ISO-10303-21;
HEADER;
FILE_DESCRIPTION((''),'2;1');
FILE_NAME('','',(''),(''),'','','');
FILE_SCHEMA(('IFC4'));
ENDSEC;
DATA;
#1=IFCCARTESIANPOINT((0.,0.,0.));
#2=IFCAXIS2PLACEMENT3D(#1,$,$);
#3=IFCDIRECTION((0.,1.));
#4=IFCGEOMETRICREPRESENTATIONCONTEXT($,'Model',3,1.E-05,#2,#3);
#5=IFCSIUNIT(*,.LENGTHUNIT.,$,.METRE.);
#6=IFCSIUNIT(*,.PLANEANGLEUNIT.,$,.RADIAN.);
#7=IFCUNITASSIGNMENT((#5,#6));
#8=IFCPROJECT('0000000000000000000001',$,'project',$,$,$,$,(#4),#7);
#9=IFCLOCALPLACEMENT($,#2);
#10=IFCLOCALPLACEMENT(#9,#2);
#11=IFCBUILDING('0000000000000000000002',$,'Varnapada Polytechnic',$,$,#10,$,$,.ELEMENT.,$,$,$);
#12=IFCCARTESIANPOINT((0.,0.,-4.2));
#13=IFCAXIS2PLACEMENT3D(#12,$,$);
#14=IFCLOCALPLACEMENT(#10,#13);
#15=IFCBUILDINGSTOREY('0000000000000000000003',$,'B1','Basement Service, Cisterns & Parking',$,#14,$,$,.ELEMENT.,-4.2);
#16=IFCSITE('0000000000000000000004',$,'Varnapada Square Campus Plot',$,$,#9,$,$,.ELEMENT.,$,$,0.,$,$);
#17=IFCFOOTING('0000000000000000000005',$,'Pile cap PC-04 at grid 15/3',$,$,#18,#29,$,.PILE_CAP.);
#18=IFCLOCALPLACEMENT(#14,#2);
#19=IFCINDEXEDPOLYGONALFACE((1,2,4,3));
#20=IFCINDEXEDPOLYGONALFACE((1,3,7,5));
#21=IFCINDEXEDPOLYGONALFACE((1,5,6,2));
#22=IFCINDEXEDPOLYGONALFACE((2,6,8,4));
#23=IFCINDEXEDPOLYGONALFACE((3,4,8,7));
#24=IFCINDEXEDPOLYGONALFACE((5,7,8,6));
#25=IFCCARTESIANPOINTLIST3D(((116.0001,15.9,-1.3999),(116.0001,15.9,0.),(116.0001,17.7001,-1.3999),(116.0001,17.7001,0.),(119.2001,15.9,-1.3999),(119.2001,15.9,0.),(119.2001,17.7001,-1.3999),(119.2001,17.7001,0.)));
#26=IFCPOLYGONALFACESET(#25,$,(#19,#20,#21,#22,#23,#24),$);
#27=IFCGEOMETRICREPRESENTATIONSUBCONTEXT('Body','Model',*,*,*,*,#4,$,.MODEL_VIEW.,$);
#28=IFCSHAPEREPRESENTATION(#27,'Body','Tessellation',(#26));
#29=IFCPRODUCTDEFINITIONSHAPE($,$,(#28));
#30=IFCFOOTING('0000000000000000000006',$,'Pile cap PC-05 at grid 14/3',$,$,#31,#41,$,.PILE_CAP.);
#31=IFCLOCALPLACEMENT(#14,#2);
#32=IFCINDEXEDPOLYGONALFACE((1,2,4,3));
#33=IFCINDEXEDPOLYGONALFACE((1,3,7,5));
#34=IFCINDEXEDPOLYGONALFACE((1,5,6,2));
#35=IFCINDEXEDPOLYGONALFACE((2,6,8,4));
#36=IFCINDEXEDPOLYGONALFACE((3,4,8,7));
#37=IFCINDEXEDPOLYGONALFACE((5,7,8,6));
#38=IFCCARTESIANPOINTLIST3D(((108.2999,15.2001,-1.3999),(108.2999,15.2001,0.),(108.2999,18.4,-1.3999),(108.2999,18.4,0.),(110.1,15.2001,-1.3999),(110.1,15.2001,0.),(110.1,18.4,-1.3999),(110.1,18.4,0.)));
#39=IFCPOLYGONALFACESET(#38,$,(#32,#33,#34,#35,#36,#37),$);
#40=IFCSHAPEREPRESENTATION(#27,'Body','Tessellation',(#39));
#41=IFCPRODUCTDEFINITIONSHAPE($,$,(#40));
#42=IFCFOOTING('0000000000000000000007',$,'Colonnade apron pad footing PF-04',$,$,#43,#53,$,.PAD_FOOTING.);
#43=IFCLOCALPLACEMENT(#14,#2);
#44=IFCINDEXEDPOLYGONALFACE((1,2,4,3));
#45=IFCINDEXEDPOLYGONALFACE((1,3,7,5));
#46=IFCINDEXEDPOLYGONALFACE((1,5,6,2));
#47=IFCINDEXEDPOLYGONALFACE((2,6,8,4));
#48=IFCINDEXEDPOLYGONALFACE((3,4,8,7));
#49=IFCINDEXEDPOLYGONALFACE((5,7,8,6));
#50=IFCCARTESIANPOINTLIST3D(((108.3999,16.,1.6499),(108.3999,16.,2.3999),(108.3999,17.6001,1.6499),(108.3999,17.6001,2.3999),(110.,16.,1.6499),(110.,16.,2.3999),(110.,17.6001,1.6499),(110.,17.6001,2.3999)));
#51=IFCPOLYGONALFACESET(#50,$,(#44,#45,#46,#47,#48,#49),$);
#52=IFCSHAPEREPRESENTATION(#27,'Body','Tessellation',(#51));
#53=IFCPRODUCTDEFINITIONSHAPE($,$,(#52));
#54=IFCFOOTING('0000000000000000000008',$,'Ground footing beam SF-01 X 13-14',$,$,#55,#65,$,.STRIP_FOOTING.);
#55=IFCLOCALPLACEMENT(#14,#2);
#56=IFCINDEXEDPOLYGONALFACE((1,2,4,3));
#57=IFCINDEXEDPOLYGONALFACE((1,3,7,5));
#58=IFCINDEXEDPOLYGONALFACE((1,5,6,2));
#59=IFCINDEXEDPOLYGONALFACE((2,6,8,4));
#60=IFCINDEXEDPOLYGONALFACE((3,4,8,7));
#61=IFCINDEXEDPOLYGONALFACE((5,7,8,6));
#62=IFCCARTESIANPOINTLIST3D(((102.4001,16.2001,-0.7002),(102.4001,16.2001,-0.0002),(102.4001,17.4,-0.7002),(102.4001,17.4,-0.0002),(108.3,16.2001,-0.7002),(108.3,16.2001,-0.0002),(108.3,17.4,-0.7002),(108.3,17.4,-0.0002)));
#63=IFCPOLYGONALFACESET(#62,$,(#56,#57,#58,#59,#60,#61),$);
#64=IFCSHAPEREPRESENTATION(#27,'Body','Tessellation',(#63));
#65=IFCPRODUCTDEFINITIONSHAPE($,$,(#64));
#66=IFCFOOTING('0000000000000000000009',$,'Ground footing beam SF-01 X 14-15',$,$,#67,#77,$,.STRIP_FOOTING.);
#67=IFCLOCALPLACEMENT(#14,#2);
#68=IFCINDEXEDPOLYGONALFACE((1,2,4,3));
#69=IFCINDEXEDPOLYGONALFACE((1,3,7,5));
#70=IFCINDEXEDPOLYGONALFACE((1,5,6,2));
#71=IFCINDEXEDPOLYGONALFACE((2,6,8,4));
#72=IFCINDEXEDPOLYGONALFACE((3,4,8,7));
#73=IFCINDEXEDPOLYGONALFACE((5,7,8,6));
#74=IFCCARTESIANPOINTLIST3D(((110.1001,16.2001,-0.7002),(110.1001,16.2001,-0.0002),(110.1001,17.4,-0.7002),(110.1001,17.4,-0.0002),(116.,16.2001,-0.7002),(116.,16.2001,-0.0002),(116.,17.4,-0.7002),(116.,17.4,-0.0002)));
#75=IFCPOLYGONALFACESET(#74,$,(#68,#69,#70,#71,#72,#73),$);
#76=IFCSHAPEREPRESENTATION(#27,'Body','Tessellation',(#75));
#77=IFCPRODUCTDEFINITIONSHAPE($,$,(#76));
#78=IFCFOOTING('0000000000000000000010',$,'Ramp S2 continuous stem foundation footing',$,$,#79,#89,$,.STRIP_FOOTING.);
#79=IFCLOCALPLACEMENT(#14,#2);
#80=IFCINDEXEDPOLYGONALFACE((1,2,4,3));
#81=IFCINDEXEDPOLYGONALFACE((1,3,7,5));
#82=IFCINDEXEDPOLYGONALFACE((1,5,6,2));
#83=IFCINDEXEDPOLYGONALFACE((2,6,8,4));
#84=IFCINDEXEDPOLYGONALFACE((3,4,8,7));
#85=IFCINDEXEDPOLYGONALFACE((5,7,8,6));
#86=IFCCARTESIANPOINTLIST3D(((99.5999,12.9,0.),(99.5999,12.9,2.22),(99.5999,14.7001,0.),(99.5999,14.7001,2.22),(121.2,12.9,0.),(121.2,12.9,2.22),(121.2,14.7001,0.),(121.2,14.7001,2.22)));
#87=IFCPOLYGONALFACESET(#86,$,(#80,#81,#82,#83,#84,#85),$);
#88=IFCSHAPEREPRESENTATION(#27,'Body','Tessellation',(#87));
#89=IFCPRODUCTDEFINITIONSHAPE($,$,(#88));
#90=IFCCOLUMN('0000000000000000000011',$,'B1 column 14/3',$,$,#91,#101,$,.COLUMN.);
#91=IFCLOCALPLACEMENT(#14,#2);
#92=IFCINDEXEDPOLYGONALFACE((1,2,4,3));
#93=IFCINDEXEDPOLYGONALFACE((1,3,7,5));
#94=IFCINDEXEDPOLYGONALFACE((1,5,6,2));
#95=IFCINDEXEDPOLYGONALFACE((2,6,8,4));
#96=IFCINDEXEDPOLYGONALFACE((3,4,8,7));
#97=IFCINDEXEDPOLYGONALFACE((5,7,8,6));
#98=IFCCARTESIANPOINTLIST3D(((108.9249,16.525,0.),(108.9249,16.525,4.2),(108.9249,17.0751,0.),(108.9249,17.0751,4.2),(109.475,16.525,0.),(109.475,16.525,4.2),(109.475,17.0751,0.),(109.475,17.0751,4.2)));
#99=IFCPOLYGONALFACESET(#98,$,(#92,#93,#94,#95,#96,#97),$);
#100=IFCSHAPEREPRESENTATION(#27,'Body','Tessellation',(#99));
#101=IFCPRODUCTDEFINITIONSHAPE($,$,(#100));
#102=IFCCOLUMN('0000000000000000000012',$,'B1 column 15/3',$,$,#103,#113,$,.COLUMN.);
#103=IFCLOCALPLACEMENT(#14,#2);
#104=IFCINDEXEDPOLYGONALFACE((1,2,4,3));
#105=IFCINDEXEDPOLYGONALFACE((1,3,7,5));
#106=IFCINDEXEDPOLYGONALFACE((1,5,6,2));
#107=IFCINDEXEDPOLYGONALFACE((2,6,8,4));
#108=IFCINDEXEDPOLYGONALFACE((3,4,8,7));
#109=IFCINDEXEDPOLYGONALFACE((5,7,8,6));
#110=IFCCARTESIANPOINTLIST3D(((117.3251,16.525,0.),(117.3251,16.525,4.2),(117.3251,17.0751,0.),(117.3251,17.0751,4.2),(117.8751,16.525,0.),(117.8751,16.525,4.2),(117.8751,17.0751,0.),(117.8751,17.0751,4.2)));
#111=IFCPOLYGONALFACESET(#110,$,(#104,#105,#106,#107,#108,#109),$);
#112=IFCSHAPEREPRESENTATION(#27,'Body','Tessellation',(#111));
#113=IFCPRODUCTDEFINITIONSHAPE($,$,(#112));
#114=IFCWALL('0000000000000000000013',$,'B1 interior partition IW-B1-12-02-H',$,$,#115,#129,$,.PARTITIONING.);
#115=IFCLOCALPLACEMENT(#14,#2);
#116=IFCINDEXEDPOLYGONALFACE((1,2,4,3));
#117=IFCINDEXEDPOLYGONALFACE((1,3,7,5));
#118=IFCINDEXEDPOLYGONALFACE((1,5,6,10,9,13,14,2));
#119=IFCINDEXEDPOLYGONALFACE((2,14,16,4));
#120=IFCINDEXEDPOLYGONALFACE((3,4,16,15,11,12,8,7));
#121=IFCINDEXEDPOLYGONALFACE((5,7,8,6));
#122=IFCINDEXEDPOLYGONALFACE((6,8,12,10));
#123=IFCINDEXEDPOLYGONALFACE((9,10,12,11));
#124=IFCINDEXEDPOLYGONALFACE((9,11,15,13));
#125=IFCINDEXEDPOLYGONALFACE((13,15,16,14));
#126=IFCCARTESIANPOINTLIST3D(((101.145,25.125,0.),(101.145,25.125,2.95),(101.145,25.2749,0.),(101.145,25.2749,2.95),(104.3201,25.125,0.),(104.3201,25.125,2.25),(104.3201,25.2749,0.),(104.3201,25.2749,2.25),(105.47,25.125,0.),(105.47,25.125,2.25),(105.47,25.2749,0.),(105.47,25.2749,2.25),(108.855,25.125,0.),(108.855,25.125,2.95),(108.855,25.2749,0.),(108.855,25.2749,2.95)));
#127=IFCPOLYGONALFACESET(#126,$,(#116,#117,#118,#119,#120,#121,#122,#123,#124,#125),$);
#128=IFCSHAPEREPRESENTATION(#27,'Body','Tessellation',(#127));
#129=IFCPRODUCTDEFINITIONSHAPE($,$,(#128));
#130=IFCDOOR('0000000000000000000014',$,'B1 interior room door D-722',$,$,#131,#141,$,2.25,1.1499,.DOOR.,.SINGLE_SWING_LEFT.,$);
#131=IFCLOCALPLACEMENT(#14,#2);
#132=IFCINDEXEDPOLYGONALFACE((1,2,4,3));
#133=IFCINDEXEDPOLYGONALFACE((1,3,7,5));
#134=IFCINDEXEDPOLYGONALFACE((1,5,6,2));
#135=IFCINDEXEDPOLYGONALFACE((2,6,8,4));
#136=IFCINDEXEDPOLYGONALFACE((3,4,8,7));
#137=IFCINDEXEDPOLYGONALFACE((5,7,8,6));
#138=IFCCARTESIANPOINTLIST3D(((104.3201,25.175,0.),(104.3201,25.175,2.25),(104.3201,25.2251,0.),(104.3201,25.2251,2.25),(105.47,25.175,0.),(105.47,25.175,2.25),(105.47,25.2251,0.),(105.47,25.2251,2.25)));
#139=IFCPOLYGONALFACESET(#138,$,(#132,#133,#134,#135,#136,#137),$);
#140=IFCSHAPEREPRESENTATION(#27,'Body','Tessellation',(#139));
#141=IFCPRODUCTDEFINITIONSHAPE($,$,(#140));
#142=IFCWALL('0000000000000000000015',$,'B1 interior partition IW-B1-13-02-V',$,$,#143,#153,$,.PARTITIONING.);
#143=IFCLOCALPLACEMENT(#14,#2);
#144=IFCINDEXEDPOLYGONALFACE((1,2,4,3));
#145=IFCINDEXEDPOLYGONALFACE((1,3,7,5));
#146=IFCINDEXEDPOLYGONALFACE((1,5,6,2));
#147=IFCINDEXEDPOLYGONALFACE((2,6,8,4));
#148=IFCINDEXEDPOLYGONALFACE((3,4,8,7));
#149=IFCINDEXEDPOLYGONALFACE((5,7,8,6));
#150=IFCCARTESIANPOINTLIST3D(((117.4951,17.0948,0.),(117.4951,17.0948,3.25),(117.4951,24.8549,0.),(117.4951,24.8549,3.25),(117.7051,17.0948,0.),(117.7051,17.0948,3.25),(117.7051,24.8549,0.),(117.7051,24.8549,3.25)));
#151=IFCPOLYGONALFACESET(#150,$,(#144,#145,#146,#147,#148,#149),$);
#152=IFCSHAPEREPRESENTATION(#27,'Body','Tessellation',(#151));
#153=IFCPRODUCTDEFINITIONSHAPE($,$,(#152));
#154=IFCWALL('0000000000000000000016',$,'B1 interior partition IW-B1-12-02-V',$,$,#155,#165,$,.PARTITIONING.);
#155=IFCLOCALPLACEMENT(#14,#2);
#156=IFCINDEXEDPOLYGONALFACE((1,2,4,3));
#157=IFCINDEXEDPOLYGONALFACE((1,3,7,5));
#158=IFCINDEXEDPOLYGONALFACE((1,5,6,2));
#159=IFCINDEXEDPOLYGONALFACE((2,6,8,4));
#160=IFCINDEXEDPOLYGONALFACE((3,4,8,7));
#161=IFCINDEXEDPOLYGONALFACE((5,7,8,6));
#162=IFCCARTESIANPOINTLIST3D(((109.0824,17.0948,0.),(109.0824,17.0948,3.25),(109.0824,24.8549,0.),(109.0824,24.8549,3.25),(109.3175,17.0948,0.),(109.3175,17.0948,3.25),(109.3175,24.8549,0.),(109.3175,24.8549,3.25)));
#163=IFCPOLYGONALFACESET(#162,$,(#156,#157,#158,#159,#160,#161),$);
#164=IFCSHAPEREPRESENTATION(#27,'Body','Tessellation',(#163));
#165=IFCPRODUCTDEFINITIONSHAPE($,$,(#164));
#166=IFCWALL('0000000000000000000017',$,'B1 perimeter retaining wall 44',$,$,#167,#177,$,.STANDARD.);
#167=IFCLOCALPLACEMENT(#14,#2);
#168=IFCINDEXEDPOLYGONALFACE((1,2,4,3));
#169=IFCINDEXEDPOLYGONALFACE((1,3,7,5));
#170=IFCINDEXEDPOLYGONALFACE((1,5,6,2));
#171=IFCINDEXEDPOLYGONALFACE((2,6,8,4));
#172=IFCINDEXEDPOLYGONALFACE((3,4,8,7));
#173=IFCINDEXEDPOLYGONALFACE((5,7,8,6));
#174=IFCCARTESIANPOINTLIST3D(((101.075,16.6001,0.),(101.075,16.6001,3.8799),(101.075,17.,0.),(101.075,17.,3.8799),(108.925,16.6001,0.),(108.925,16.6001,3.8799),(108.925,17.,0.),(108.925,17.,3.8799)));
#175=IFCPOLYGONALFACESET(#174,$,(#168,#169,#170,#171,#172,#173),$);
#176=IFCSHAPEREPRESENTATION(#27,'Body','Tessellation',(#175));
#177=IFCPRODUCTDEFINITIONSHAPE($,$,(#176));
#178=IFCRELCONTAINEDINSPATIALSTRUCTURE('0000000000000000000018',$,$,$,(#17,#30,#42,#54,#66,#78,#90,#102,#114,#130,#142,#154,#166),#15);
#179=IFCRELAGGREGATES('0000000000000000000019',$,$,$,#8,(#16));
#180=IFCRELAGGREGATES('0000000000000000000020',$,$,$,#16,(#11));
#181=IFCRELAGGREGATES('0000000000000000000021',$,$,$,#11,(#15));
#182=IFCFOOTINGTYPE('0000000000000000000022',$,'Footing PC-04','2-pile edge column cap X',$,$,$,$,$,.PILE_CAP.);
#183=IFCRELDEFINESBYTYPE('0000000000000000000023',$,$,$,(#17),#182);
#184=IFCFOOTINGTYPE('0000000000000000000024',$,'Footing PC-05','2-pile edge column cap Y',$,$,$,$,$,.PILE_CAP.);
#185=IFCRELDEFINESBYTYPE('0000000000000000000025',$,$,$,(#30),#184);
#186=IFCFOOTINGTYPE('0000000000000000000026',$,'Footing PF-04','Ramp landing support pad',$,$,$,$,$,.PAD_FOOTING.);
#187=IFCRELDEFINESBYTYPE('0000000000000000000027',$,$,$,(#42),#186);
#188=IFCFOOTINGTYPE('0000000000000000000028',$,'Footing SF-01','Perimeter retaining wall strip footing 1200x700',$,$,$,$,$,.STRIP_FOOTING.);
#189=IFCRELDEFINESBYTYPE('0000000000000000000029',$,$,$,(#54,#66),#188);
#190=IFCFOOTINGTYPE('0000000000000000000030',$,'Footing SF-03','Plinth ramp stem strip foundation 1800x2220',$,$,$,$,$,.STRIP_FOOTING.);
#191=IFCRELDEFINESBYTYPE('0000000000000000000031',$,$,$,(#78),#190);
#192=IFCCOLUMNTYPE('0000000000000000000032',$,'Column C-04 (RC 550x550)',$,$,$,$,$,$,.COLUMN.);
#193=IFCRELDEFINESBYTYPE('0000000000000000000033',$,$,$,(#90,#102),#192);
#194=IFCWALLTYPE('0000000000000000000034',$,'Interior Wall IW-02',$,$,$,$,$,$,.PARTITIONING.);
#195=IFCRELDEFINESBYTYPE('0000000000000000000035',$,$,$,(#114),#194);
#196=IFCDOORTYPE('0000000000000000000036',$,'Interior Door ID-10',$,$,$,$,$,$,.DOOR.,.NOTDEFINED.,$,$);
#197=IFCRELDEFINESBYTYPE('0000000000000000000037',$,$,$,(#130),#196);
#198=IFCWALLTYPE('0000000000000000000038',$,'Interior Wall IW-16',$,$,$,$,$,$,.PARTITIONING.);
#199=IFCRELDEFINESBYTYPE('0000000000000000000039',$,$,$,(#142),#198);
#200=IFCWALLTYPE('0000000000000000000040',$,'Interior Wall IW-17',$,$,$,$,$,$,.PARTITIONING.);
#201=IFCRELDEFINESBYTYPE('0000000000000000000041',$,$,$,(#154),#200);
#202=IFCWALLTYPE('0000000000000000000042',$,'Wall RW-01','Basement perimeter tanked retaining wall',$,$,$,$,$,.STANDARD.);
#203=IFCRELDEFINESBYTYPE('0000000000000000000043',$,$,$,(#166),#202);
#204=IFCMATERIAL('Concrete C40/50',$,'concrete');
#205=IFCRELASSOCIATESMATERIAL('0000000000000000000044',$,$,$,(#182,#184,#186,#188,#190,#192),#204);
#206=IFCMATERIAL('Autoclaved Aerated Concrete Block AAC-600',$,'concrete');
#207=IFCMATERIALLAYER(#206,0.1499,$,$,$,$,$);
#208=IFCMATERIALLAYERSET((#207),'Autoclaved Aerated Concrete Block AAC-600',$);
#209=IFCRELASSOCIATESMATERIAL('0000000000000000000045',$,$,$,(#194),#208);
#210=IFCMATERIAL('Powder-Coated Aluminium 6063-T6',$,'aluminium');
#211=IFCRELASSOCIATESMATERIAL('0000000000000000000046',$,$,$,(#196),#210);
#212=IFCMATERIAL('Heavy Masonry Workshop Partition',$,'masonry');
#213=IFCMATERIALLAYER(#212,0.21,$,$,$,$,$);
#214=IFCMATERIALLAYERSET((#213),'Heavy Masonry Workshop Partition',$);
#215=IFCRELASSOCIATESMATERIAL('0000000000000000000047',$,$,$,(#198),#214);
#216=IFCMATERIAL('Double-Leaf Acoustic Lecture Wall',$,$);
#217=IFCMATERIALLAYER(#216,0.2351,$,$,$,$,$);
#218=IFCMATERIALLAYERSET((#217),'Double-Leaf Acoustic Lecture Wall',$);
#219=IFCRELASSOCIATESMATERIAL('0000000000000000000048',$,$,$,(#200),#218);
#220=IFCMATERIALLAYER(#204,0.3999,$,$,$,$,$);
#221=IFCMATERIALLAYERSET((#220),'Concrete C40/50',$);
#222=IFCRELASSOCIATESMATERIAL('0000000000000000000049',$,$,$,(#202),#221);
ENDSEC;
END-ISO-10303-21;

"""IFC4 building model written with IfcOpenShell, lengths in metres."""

from ifc_helpers import new_model, si_unit, direction, frame, frame_2d, origin, origin_2d, place, context, subcontext, project, spatial, rectangle, extrude, material, layer, layer_set, material_profile, profile_set, type_object, element, fill, save


model = new_model("IFC4")

# Units and contexts
model_context = context("Model", 3, precision=1e-05, world=origin(), true_north=direction((0.0, 1.0)))
body_context = subcontext(model_context, "Body", "Model", "MODEL_VIEW")
ifc_project = project(units=[si_unit("LENGTHUNIT", "METRE"), si_unit("PLANEANGLEUNIT", "RADIAN")], contexts=[model_context])

# Site, building, storey
site_placement = place(None, origin())
site = spatial("IfcSite", under=ifc_project, at=site_placement, Name="Varnapada Square Campus Plot", CompositionType="ELEMENT", RefElevation=0.0)
building_placement = place(site_placement, origin())
building = spatial("IfcBuilding", under=site, at=building_placement, Name="Varnapada Polytechnic", CompositionType="ELEMENT")
storey_placement = place(building_placement, frame((0.0, 0.0, -4.2)))
storey = spatial("IfcBuildingStorey", under=building, at=storey_placement, Name="B1", Description="Basement Service, Cisterns & Parking", CompositionType="ELEMENT", Elevation=-4.2)

# Shared definitions
ifc_material_1 = material(Name="Concrete C40/50", Category="concrete")

# Footings
footing_type_1 = type_object("IfcFootingType", Name="Footing PC-04", Description="2-pile edge column cap X", PredefinedType="PILE_CAP", material=ifc_material_1)
footing_1_placement = place(storey_placement, frame((117.6001, 16.8, -1.3999), z_axis=(0.0, 0.0, 1.0), x_axis=(1.0, 0.0, 0.0)))
element("IfcFooting", 1, at=footing_1_placement, inside=storey, type_object=footing_type_1, Name="Pile cap PC-04 at grid 15/3", PredefinedType="PILE_CAP", context=body_context, shape_type="SweptSolid", body=[
    extrude(rectangle(XDim=3.2, YDim=1.8, at=origin_2d()), origin(), (0.0, 0.0, 1.0), 1.3999),
])
footing_type_2 = type_object("IfcFootingType", Name="Footing PC-05", Description="2-pile edge column cap Y", PredefinedType="PILE_CAP", material=ifc_material_1)
footing_2_placement = place(storey_placement, frame((109.2, 16.8, -1.3999), z_axis=(0.0, 0.0, 1.0), x_axis=(1.0, 0.0, 0.0)))
element("IfcFooting", 2, at=footing_2_placement, inside=storey, type_object=footing_type_2, Name="Pile cap PC-05 at grid 14/3", PredefinedType="PILE_CAP", context=body_context, shape_type="SweptSolid", body=[
    extrude(rectangle(XDim=1.8, YDim=3.2, at=origin_2d()), origin(), (0.0, 0.0, 1.0), 1.3999),
])
footing_type_3 = type_object("IfcFootingType", Name="Footing PF-04", Description="Ramp landing support pad", PredefinedType="PAD_FOOTING", material=ifc_material_1)
footing_3_placement = place(storey_placement, frame((109.2, 16.8, 1.6499), z_axis=(0.0, 0.0, 1.0), x_axis=(1.0, 0.0, 0.0)))
element("IfcFooting", 3, at=footing_3_placement, inside=storey, type_object=footing_type_3, Name="Colonnade apron pad footing PF-04", PredefinedType="PAD_FOOTING", context=body_context, shape_type="SweptSolid", body=[
    extrude(rectangle(XDim=1.6001, YDim=1.6001, at=origin_2d()), origin(), (0.0, 0.0, 1.0), 0.75),
])
footing_type_4 = type_object("IfcFootingType", Name="Footing SF-01", Description="Perimeter retaining wall strip footing 1200x700", PredefinedType="STRIP_FOOTING", material=ifc_material_1)
for number, where, z_axis, x_axis, name in (
    (4, (105.3501, 16.8, -0.7002), (0.0, 0.0, 1.0), (1.0, 0.0, 0.0), "Ground footing beam SF-01 X 13-14"),
    (5, (113.05, 16.8, -0.7002), (0.0, 0.0, 1.0), (1.0, 0.0, 0.0), "Ground footing beam SF-01 X 14-15"),
):
    element("IfcFooting", number, at=place(storey_placement, frame(where, z_axis=z_axis, x_axis=x_axis)), inside=storey, type_object=footing_type_4, Name=name, PredefinedType="STRIP_FOOTING", context=body_context, shape_type="SweptSolid", body=[
        extrude(rectangle(XDim=5.8999, YDim=1.2, at=origin_2d()), origin(), (0.0, 0.0, 1.0), 0.7),
    ])
footing_type_5 = type_object("IfcFootingType", Name="Footing SF-03", Description="Plinth ramp stem strip foundation 1800x2220", PredefinedType="STRIP_FOOTING", material=ifc_material_1)
footing_4_placement = place(storey_placement, frame((110.3999, 13.8, 0.0), z_axis=(0.0, 0.0, 1.0), x_axis=(1.0, 0.0, 0.0)))
element("IfcFooting", 6, at=footing_4_placement, inside=storey, type_object=footing_type_5, Name="Ramp S2 continuous stem foundation footing", PredefinedType="STRIP_FOOTING", context=body_context, shape_type="SweptSolid", body=[
    extrude(rectangle(XDim=21.6001, YDim=1.8, at=origin_2d()), origin(), (0.0, 0.0, 1.0), 2.22),
])

# Columns
ifc_material_profile_1 = material_profile(ifc_material_1, rectangle(XDim=0.55, YDim=0.55, at=origin_2d()), Name="RC 550x550")
ifc_profile_set_1 = profile_set([ifc_material_profile_1], Name="Concrete C40/50")
column_type = type_object("IfcColumnType", Name="Column C-04 (RC 550x550)", PredefinedType="COLUMN", material=ifc_profile_set_1)
for number, where, z_axis, x_axis, name in (
    (7, (109.2, 16.8, 0.0), (0.0, 0.0, 1.0), (1.0, 0.0, 0.0), "B1 column 14/3"),
    (8, (117.6001, 16.8, 0.0), (0.0, 0.0, 1.0), (1.0, 0.0, 0.0), "B1 column 15/3"),
):
    element("IfcColumn", number, at=place(storey_placement, frame(where, z_axis=z_axis, x_axis=x_axis)), inside=storey, type_object=column_type, Name=name, PredefinedType="COLUMN", context=body_context, shape_type="SweptSolid", body=[
        extrude(rectangle(XDim=0.55, YDim=0.55, at=origin_2d()), origin(), (0.0, 0.0, 1.0), 4.2),
    ])

# Wall, opening, door
ifc_material_2 = material(Name="Autoclaved Aerated Concrete Block AAC-600", Category="concrete")
ifc_layer_1 = layer(ifc_material_2, 0.1499)
ifc_layer_set_1 = layer_set([ifc_layer_1], Name="Autoclaved Aerated Concrete Block AAC-600")
wall_type_1 = type_object("IfcWallType", Name="Interior Wall IW-02", PredefinedType="PARTITIONING", material=ifc_layer_set_1)
wall_1_placement = place(storey_placement, frame((101.145, 25.2, 0.0), z_axis=(0.0, 0.0, 1.0), x_axis=(1.0, 0.0, 0.0)))
wall_1 = element("IfcWall", 9, at=wall_1_placement, inside=storey, type_object=wall_type_1, Name="B1 interior partition IW-B1-12-02-H", PredefinedType="PARTITIONING", context=body_context, shape_type="SweptSolid", body=[
    extrude(rectangle(XDim=7.71, YDim=0.1499, at=frame_2d((3.855, 0.0))), origin(), (0.0, 0.0, 1.0), 2.95),
])
opening_placement = place(wall_1_placement, frame((3.175, 0.0, 0.0)))
opening = element("IfcOpeningElement", 10, at=opening_placement, cuts=wall_1, PredefinedType="OPENING", context=body_context, shape_type="SweptSolid", body=[
    extrude(rectangle(XDim=1.1499, YDim=2.25, at=frame_2d((0.575, 1.125))), frame((0.0, 0.085, 0.0), z_axis=(0.0, -1.0, 0.0), x_axis=(1.0, 0.0, 0.0)), (0.0, 0.0, 1.0), 0.1699),
])
ifc_material_3 = material(Name="Powder-Coated Aluminium 6063-T6", Category="aluminium")
door_type = type_object("IfcDoorType", Name="Interior Door ID-10", OperationType="NOTDEFINED", PredefinedType="DOOR", material=ifc_material_3)
door_placement = place(opening_placement, frame((1.1499, 0.0, 0.0), z_axis=(0.0, 0.0, 1.0), x_axis=(-1.0, 0.0, 0.0)))
door = element("IfcDoor", 11, at=door_placement, inside=storey, type_object=door_type, Name="B1 interior room door D-722", OperationType="SINGLE_SWING_LEFT", OverallHeight=2.25, OverallWidth=1.1499, PredefinedType="DOOR", context=body_context, shape_type="SweptSolid", body=[
    extrude(rectangle(XDim=1.1499, YDim=2.25, at=frame_2d((0.575, 1.125))), frame((0.0, 0.0249, 0.0), z_axis=(0.0, -1.0, 0.0), x_axis=(1.0, 0.0, 0.0)), (0.0, 0.0, 1.0), 0.05),
])
fill(opening, door)

# Walls
ifc_material_4 = material(Name="Heavy Masonry Workshop Partition", Category="masonry")
ifc_layer_2 = layer(ifc_material_4, 0.21)
ifc_layer_set_2 = layer_set([ifc_layer_2], Name="Heavy Masonry Workshop Partition")
wall_type_2 = type_object("IfcWallType", Name="Interior Wall IW-16", PredefinedType="PARTITIONING", material=ifc_layer_set_2)
wall_2_placement = place(storey_placement, frame((117.6001, 17.095, 0.0), z_axis=(0.0, 0.0, 1.0), x_axis=(0.0, 1.0, 0.0)))
element("IfcWall", 12, at=wall_2_placement, inside=storey, type_object=wall_type_2, Name="B1 interior partition IW-B1-13-02-V", PredefinedType="PARTITIONING", context=body_context, shape_type="SweptSolid", body=[
    extrude(rectangle(XDim=7.76, YDim=0.21, at=frame_2d((3.8799, 0.0))), origin(), (0.0, 0.0, 1.0), 3.25),
])
ifc_material_5 = material(Name="Double-Leaf Acoustic Lecture Wall")
ifc_layer_3 = layer(ifc_material_5, 0.2351)
ifc_layer_set_3 = layer_set([ifc_layer_3], Name="Double-Leaf Acoustic Lecture Wall")
wall_type_3 = type_object("IfcWallType", Name="Interior Wall IW-17", PredefinedType="PARTITIONING", material=ifc_layer_set_3)
wall_3_placement = place(storey_placement, frame((109.2, 17.095, 0.0), z_axis=(0.0, 0.0, 1.0), x_axis=(0.0, 1.0, 0.0)))
element("IfcWall", 13, at=wall_3_placement, inside=storey, type_object=wall_type_3, Name="B1 interior partition IW-B1-12-02-V", PredefinedType="PARTITIONING", context=body_context, shape_type="SweptSolid", body=[
    extrude(rectangle(XDim=7.76, YDim=0.2351, at=frame_2d((3.8799, 0.0))), origin(), (0.0, 0.0, 1.0), 3.25),
])
ifc_layer_4 = layer(ifc_material_1, 0.3999)
ifc_layer_set_4 = layer_set([ifc_layer_4], Name="Concrete C40/50")
wall_type_4 = type_object("IfcWallType", Name="Wall RW-01", Description="Basement perimeter tanked retaining wall", PredefinedType="STANDARD", material=ifc_layer_set_4)
wall_4_placement = place(storey_placement, frame((108.925, 16.8, 0.0), z_axis=(0.0, 0.0, 1.0), x_axis=(-1.0, 0.0, 0.0)))
element("IfcWall", 14, at=wall_4_placement, inside=storey, type_object=wall_type_4, Name="B1 perimeter retaining wall 44", PredefinedType="STANDARD", context=body_context, shape_type="SweptSolid", body=[
    extrude(rectangle(XDim=7.8501, YDim=0.3999, at=frame_2d((3.925, 0.0))), origin(), (0.0, 0.0, 1.0), 3.8799),
])

save(model, "model.ifc")
